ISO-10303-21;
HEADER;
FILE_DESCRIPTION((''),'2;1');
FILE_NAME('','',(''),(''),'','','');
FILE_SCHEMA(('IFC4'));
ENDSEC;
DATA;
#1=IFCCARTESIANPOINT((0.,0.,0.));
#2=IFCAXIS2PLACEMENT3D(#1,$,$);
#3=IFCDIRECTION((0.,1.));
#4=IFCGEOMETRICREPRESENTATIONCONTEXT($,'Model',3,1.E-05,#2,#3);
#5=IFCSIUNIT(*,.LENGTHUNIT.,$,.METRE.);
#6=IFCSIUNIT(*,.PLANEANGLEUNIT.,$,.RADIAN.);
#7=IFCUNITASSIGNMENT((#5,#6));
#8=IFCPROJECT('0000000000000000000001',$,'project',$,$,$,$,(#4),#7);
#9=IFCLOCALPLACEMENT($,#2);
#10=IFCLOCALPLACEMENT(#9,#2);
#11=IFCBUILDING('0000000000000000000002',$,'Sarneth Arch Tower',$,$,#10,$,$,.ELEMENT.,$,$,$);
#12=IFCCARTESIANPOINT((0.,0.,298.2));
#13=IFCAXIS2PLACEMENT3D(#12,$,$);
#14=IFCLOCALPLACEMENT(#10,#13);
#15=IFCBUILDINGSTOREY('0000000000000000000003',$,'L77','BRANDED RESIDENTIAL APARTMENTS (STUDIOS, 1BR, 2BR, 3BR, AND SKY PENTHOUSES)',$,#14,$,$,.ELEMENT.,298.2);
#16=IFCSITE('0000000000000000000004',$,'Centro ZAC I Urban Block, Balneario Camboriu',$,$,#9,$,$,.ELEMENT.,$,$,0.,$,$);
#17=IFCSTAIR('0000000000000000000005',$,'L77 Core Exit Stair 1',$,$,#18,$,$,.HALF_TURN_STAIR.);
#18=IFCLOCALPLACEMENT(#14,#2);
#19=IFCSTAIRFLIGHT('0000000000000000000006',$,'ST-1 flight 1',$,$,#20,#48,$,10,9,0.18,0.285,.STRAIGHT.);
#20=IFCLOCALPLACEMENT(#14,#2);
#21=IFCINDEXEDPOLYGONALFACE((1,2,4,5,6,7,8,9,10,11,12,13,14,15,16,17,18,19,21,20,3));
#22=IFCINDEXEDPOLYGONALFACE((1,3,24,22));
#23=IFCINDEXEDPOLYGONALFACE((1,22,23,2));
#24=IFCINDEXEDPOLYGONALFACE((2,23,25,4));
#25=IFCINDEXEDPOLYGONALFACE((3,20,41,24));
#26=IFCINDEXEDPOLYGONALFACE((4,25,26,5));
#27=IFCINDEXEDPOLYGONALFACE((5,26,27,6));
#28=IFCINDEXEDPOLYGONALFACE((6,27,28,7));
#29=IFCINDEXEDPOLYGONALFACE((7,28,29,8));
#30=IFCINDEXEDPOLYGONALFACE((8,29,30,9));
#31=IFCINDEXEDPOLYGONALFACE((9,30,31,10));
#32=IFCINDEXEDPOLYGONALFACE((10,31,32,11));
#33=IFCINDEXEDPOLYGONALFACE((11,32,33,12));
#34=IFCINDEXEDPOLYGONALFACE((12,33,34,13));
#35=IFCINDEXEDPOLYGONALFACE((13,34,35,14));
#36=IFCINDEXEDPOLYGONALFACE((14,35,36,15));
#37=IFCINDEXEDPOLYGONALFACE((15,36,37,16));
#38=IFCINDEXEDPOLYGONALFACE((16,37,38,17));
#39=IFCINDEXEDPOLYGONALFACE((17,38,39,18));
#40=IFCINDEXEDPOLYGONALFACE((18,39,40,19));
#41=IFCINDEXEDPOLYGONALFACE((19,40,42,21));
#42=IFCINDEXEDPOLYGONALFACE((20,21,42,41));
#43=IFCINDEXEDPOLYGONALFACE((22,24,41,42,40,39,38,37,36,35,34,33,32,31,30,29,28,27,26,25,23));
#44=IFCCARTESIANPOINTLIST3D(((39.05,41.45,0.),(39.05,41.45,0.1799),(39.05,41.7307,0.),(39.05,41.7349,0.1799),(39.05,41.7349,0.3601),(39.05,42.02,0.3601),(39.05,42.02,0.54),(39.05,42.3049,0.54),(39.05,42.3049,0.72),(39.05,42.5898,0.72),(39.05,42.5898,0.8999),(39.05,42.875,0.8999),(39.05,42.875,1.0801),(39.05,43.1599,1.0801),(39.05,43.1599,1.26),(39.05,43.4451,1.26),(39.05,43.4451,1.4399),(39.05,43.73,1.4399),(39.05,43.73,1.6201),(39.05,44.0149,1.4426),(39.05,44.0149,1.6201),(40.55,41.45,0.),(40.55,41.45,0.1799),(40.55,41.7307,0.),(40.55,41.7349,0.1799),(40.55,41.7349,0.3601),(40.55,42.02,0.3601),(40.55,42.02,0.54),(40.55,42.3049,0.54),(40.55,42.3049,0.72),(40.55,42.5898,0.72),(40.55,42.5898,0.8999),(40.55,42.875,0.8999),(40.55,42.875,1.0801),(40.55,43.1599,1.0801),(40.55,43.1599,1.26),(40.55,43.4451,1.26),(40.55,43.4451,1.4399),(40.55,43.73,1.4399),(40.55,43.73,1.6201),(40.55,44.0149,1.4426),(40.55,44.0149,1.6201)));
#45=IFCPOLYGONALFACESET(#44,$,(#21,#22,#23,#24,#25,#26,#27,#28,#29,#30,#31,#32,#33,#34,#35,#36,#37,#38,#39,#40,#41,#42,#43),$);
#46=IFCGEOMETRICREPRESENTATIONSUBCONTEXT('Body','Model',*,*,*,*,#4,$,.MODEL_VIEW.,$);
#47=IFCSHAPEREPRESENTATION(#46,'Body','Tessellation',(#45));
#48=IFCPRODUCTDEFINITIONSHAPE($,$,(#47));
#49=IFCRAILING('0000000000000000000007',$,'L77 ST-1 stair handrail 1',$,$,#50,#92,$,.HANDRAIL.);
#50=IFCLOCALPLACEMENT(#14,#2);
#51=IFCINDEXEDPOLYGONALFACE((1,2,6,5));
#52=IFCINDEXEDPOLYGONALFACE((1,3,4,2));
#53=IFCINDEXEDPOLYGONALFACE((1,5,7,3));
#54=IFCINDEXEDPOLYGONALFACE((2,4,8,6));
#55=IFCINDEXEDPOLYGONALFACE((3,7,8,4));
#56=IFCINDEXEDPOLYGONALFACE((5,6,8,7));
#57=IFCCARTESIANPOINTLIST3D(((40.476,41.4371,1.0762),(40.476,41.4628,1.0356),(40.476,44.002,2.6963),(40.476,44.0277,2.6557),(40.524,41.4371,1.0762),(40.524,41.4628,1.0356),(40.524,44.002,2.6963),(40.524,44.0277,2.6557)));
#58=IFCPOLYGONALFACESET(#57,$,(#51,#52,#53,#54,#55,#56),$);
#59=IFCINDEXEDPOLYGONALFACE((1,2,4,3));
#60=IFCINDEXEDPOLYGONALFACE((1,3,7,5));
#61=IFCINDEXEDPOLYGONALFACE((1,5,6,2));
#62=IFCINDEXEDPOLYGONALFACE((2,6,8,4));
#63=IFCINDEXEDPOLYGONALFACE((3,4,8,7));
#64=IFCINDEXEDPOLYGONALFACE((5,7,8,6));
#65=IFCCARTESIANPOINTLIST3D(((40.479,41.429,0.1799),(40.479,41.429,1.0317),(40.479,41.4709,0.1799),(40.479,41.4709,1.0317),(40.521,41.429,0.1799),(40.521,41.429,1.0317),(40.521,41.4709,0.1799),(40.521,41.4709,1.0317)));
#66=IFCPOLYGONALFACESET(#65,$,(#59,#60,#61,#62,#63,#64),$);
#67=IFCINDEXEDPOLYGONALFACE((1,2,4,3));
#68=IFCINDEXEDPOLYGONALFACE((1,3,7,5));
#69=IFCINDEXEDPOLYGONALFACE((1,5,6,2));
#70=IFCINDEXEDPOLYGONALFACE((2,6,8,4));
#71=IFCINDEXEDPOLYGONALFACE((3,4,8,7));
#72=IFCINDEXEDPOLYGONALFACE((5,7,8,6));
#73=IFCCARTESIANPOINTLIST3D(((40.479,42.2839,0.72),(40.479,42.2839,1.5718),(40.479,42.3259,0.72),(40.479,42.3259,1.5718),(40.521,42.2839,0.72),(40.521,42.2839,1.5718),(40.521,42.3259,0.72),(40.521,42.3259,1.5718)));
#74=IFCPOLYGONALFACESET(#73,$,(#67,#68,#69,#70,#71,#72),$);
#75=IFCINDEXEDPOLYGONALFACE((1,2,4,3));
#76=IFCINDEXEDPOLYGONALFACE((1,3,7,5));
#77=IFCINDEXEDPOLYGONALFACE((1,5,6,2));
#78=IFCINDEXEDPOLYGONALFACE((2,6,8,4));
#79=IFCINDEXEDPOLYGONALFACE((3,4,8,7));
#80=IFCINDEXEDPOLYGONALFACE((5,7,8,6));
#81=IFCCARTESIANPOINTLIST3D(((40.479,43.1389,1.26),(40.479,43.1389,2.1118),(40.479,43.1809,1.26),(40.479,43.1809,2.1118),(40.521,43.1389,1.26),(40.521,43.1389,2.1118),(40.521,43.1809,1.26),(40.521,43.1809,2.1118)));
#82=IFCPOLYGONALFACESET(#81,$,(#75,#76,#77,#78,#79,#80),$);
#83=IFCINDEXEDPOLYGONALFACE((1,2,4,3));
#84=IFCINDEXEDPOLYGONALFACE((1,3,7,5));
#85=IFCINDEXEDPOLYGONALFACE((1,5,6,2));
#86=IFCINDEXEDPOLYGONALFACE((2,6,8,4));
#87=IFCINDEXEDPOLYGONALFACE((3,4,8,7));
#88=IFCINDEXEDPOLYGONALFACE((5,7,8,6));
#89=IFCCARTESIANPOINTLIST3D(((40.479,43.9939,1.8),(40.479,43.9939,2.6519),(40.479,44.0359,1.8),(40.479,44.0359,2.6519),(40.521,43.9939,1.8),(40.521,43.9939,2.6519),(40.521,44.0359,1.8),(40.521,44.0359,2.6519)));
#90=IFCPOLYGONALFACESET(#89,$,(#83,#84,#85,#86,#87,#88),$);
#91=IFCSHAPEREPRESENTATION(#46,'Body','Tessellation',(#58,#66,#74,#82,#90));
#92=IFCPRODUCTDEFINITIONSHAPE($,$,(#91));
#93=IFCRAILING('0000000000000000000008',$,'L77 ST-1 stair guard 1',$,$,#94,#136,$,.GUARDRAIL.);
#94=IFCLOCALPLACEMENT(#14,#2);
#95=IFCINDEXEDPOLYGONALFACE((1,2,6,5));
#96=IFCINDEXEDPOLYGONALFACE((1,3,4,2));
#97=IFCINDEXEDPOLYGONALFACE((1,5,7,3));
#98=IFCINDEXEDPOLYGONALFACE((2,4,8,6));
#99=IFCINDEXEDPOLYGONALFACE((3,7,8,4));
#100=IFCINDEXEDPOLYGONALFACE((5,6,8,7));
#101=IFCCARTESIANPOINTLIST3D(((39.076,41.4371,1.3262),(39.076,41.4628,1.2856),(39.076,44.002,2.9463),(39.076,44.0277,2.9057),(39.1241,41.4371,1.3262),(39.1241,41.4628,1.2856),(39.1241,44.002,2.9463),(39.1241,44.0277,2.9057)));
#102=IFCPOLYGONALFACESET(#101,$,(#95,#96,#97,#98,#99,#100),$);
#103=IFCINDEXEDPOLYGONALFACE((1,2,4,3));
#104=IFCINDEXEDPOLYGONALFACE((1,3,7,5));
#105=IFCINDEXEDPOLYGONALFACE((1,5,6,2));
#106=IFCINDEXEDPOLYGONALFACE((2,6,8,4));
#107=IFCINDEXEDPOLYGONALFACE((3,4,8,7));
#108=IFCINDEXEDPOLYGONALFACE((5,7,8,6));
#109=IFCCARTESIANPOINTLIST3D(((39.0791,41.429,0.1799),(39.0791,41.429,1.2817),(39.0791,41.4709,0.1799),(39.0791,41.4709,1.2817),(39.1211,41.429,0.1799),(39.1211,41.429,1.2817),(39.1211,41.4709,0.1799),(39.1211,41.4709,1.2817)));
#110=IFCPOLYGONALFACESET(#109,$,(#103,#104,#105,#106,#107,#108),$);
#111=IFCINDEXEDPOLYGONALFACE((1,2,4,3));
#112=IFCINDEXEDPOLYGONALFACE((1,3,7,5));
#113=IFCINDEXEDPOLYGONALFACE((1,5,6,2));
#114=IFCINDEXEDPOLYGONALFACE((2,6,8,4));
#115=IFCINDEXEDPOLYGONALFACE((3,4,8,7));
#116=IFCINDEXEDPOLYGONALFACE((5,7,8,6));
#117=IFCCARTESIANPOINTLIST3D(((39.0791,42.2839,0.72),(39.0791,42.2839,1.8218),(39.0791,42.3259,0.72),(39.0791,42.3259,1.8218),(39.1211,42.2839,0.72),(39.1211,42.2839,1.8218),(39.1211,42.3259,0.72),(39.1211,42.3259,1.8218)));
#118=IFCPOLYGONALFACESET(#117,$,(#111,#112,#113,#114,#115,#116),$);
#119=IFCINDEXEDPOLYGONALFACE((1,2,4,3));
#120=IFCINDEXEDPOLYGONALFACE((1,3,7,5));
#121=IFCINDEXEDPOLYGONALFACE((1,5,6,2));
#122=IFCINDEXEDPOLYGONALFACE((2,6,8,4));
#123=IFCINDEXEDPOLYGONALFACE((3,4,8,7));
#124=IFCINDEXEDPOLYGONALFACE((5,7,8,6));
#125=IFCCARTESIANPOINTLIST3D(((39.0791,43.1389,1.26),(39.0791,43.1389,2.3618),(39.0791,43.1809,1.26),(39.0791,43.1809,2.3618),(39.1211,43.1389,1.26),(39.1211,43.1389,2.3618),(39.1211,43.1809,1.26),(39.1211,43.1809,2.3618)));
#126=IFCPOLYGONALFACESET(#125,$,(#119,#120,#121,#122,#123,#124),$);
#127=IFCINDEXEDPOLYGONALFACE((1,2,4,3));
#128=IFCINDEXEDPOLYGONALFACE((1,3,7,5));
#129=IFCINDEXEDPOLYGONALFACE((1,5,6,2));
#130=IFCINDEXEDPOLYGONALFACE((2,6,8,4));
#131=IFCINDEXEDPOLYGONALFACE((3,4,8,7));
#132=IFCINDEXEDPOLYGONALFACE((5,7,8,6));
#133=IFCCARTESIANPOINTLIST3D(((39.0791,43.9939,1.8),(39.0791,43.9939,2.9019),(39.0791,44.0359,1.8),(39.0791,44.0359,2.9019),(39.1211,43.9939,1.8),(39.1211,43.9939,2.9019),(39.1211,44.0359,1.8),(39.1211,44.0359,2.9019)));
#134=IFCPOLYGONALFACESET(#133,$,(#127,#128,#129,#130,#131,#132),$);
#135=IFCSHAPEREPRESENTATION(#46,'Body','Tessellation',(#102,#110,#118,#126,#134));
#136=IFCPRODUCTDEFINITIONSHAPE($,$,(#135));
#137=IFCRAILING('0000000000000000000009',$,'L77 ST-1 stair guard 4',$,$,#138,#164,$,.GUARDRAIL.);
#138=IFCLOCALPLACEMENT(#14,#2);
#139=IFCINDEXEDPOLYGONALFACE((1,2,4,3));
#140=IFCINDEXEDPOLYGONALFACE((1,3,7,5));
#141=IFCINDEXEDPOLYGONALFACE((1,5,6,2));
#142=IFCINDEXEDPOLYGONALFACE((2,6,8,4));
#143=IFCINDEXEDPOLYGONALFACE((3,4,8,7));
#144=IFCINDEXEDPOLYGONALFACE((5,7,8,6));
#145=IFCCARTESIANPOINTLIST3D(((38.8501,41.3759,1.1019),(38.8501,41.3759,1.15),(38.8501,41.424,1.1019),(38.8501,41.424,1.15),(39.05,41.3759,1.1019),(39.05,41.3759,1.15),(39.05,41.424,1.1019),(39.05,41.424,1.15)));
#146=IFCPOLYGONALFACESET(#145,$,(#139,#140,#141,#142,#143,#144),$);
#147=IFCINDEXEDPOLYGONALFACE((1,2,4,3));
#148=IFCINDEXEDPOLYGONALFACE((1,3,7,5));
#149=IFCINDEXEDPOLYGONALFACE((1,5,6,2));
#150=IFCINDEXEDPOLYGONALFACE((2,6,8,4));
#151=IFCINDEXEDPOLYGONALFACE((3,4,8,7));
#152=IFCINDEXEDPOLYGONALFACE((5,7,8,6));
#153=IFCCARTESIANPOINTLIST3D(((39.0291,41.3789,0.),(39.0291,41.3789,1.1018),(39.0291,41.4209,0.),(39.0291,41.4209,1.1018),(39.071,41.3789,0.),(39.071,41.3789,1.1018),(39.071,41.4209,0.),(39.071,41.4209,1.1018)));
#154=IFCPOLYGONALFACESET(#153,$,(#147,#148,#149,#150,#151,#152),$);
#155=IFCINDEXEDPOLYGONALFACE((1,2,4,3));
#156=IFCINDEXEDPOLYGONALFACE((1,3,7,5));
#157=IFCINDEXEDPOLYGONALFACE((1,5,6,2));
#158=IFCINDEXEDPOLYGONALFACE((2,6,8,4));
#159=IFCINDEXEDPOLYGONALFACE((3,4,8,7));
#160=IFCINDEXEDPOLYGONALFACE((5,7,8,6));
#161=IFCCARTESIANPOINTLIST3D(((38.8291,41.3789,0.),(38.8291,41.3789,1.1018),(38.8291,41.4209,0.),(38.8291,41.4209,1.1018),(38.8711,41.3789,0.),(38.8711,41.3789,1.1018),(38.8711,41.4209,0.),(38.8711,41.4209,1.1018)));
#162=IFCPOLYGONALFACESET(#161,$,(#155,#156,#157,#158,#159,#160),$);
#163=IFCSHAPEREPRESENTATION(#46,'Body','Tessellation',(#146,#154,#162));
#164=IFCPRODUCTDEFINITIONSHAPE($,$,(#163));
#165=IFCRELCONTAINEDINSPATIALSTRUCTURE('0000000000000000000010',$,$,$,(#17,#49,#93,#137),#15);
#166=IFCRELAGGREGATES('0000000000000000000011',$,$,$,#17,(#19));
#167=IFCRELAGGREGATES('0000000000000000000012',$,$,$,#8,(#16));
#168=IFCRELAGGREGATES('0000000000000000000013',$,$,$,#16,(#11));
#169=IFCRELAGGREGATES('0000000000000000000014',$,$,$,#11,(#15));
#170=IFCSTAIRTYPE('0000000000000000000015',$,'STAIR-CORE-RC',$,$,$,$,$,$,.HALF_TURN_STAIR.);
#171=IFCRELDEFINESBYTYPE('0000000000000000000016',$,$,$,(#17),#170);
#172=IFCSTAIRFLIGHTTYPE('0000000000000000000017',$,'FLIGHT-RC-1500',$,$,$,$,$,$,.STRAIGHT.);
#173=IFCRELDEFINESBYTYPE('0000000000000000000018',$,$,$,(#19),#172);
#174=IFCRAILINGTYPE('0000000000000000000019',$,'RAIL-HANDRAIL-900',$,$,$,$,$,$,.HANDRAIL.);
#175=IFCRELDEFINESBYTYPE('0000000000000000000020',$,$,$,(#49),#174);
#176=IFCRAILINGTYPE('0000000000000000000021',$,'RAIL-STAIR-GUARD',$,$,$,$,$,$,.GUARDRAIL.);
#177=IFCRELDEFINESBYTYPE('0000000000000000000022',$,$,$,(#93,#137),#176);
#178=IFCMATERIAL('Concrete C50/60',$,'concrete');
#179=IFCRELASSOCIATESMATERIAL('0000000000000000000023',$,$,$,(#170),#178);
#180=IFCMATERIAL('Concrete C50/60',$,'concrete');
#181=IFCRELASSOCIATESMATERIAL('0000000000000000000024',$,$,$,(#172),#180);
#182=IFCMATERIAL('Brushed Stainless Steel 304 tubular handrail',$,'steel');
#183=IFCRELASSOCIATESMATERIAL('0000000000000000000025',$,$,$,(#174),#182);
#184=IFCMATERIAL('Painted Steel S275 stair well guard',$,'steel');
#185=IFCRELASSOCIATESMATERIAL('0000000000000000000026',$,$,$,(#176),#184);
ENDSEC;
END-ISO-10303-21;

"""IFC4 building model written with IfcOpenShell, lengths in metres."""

from ifc_helpers import new_model, si_unit, direction, frame, origin, origin_2d, place, context, subcontext, project, spatial, polyline, rectangle, outline, extrude, material, type_object, element, aggregate, save


model = new_model("IFC4")

# Units and contexts
model_context = context("Model", 3, precision=1e-05, world=origin(), true_north=direction((0.0, 1.0)))
body_context = subcontext(model_context, "Body", "Model", "MODEL_VIEW")
ifc_project = project(units=[si_unit("LENGTHUNIT", "METRE"), si_unit("PLANEANGLEUNIT", "RADIAN")], contexts=[model_context])

# Site, building, storey
site_placement = place(None, origin())
site = spatial("IfcSite", under=ifc_project, at=site_placement, Name="Centro ZAC I Urban Block, Balneario Camboriu", CompositionType="ELEMENT", RefElevation=0.0)
building_placement = place(site_placement, origin())
building = spatial("IfcBuilding", under=site, at=building_placement, Name="Sarneth Arch Tower", CompositionType="ELEMENT")
storey_placement = place(building_placement, frame((0.0, 0.0, 298.2)))
storey = spatial("IfcBuildingStorey", under=building, at=storey_placement, Name="L77", Description="BRANDED RESIDENTIAL APARTMENTS (STUDIOS, 1BR, 2BR, 3BR, AND SKY PENTHOUSES)", CompositionType="ELEMENT", Elevation=298.2)

# Stair, stair flight
ifc_material_1 = material(Name="Concrete C50/60", Category="concrete")
stair_type = type_object("IfcStairType", Name="STAIR-CORE-RC", PredefinedType="HALF_TURN_STAIR", material=ifc_material_1)
stair_placement = place(storey_placement, origin())
stair = element("IfcStair", 1, at=stair_placement, inside=storey, type_object=stair_type, Name="L77 Core Exit Stair 1", PredefinedType="HALF_TURN_STAIR")
ifc_material_2 = material(Name="Concrete C50/60", Category="concrete")
stair_flight_type = type_object("IfcStairFlightType", Name="FLIGHT-RC-1500", PredefinedType="STRAIGHT", material=ifc_material_2)
stair_flight_placement = place(storey_placement, frame((39.8, 41.45, 0.0), z_axis=(0.0, 0.0, 1.0), x_axis=(0.0, 1.0, 0.0)))
stair_flight = element("IfcStairFlight", 2, at=stair_flight_placement, type_object=stair_flight_type, Name="ST-1 flight 1", NumberOfRisers=10, NumberOfTreads=9, PredefinedType="STRAIGHT", RiserHeight=0.18, TreadLength=0.285, context=body_context, shape_type="SweptSolid", body=[
    extrude(outline(polyline([(0.0, 0.0), (0.0, 0.1799), (0.2849, 0.1799), (0.2849, 0.3601), (0.5701, 0.3601), (0.5701, 0.54), (0.855, 0.54), (0.855, 0.72), (1.1399, 0.72), (1.1399, 0.8999), (1.425, 0.8999), (1.425, 1.0801), (1.71, 1.0801), (1.71, 1.26), (1.9951, 1.26), (1.9951, 1.4399), (2.28, 1.4399), (2.28, 1.6201), (2.5649, 1.6201), (2.5649, 1.8), (2.5649, 1.4426), (0.2808, 0.0), (0.0, 0.0)])), frame((0.0, 0.75, 0.0), z_axis=(0.0, -1.0, 0.0), x_axis=(1.0, 0.0, 0.0)), (0.0, 0.0, 1.0), 1.5),
])
aggregate(stair, [stair_flight])

# Railings
ifc_material_3 = material(Name="Brushed Stainless Steel 304 tubular handrail", Category="steel")
railing_type_1 = type_object("IfcRailingType", Name="RAIL-HANDRAIL-900", PredefinedType="HANDRAIL", material=ifc_material_3)
railing_1_placement = place(storey_placement, frame((40.5, 41.45, 0.1799)))
element("IfcRailing", 3, at=railing_1_placement, inside=storey, type_object=railing_type_1, Name="L77 ST-1 stair handrail 1", PredefinedType="HANDRAIL", context=body_context, shape_type="SweptSolid", body=[
    extrude(rectangle(XDim=0.0481, YDim=0.0481, at=origin_2d()), frame((0.0, 0.0, 0.876), z_axis=(0.0, 0.845466, 0.534029), x_axis=(-1.0, 0.0, 0.0)), (0.0, 0.0, 1.0), 3.0337),
    extrude(rectangle(XDim=0.042, YDim=0.042, at=origin_2d()), origin(), (0.0, 0.0, 1.0), 0.8518),
    extrude(rectangle(XDim=0.042, YDim=0.042, at=origin_2d()), frame((0.0, 0.855, 0.54)), (0.0, 0.0, 1.0), 0.8518),
    extrude(rectangle(XDim=0.042, YDim=0.042, at=origin_2d()), frame((0.0, 1.71, 1.0801)), (0.0, 0.0, 1.0), 0.8518),
    extrude(rectangle(XDim=0.042, YDim=0.042, at=origin_2d()), frame((0.0, 2.5649, 1.6201)), (0.0, 0.0, 1.0), 0.8518),
])
ifc_material_4 = material(Name="Painted Steel S275 stair well guard", Category="steel")
railing_type_2 = type_object("IfcRailingType", Name="RAIL-STAIR-GUARD", PredefinedType="GUARDRAIL", material=ifc_material_4)
railing_2_placement = place(storey_placement, frame((39.1001, 41.45, 0.1799)))
element("IfcRailing", 4, at=railing_2_placement, inside=storey, type_object=railing_type_2, Name="L77 ST-1 stair guard 1", PredefinedType="GUARDRAIL", context=body_context, shape_type="SweptSolid", body=[
    extrude(rectangle(XDim=0.0481, YDim=0.0481, at=origin_2d()), frame((0.0, 0.0, 1.126), z_axis=(0.0, 0.845466, 0.534029), x_axis=(-1.0, 0.0, 0.0)), (0.0, 0.0, 1.0), 3.0337),
    extrude(rectangle(XDim=0.042, YDim=0.042, at=origin_2d()), origin(), (0.0, 0.0, 1.0), 1.1018),
    extrude(rectangle(XDim=0.042, YDim=0.042, at=origin_2d()), frame((0.0, 0.855, 0.54)), (0.0, 0.0, 1.0), 1.1018),
    extrude(rectangle(XDim=0.042, YDim=0.042, at=origin_2d()), frame((0.0, 1.71, 1.0801)), (0.0, 0.0, 1.0), 1.1018),
    extrude(rectangle(XDim=0.042, YDim=0.042, at=origin_2d()), frame((0.0, 2.5649, 1.6201)), (0.0, 0.0, 1.0), 1.1018),
])
railing_3_placement = place(storey_placement, frame((39.05, 41.3999, 0.0)))
element("IfcRailing", 5, at=railing_3_placement, inside=storey, type_object=railing_type_2, Name="L77 ST-1 stair guard 4", PredefinedType="GUARDRAIL", context=body_context, shape_type="SweptSolid", body=[
    extrude(rectangle(XDim=0.0481, YDim=0.0481, at=origin_2d()), frame((0.0, 0.0, 1.126), z_axis=(-1.0, 0.0, 0.0), x_axis=(0.0, -1.0, 0.0)), (0.0, 0.0, 1.0), 0.2),
    extrude(rectangle(XDim=0.042, YDim=0.042, at=origin_2d()), origin(), (0.0, 0.0, 1.0), 1.1018),
    extrude(rectangle(XDim=0.042, YDim=0.042, at=origin_2d()), frame((-0.2, 0.0, 0.0)), (0.0, 0.0, 1.0), 1.1018),
])

save(model, "model.ifc")
